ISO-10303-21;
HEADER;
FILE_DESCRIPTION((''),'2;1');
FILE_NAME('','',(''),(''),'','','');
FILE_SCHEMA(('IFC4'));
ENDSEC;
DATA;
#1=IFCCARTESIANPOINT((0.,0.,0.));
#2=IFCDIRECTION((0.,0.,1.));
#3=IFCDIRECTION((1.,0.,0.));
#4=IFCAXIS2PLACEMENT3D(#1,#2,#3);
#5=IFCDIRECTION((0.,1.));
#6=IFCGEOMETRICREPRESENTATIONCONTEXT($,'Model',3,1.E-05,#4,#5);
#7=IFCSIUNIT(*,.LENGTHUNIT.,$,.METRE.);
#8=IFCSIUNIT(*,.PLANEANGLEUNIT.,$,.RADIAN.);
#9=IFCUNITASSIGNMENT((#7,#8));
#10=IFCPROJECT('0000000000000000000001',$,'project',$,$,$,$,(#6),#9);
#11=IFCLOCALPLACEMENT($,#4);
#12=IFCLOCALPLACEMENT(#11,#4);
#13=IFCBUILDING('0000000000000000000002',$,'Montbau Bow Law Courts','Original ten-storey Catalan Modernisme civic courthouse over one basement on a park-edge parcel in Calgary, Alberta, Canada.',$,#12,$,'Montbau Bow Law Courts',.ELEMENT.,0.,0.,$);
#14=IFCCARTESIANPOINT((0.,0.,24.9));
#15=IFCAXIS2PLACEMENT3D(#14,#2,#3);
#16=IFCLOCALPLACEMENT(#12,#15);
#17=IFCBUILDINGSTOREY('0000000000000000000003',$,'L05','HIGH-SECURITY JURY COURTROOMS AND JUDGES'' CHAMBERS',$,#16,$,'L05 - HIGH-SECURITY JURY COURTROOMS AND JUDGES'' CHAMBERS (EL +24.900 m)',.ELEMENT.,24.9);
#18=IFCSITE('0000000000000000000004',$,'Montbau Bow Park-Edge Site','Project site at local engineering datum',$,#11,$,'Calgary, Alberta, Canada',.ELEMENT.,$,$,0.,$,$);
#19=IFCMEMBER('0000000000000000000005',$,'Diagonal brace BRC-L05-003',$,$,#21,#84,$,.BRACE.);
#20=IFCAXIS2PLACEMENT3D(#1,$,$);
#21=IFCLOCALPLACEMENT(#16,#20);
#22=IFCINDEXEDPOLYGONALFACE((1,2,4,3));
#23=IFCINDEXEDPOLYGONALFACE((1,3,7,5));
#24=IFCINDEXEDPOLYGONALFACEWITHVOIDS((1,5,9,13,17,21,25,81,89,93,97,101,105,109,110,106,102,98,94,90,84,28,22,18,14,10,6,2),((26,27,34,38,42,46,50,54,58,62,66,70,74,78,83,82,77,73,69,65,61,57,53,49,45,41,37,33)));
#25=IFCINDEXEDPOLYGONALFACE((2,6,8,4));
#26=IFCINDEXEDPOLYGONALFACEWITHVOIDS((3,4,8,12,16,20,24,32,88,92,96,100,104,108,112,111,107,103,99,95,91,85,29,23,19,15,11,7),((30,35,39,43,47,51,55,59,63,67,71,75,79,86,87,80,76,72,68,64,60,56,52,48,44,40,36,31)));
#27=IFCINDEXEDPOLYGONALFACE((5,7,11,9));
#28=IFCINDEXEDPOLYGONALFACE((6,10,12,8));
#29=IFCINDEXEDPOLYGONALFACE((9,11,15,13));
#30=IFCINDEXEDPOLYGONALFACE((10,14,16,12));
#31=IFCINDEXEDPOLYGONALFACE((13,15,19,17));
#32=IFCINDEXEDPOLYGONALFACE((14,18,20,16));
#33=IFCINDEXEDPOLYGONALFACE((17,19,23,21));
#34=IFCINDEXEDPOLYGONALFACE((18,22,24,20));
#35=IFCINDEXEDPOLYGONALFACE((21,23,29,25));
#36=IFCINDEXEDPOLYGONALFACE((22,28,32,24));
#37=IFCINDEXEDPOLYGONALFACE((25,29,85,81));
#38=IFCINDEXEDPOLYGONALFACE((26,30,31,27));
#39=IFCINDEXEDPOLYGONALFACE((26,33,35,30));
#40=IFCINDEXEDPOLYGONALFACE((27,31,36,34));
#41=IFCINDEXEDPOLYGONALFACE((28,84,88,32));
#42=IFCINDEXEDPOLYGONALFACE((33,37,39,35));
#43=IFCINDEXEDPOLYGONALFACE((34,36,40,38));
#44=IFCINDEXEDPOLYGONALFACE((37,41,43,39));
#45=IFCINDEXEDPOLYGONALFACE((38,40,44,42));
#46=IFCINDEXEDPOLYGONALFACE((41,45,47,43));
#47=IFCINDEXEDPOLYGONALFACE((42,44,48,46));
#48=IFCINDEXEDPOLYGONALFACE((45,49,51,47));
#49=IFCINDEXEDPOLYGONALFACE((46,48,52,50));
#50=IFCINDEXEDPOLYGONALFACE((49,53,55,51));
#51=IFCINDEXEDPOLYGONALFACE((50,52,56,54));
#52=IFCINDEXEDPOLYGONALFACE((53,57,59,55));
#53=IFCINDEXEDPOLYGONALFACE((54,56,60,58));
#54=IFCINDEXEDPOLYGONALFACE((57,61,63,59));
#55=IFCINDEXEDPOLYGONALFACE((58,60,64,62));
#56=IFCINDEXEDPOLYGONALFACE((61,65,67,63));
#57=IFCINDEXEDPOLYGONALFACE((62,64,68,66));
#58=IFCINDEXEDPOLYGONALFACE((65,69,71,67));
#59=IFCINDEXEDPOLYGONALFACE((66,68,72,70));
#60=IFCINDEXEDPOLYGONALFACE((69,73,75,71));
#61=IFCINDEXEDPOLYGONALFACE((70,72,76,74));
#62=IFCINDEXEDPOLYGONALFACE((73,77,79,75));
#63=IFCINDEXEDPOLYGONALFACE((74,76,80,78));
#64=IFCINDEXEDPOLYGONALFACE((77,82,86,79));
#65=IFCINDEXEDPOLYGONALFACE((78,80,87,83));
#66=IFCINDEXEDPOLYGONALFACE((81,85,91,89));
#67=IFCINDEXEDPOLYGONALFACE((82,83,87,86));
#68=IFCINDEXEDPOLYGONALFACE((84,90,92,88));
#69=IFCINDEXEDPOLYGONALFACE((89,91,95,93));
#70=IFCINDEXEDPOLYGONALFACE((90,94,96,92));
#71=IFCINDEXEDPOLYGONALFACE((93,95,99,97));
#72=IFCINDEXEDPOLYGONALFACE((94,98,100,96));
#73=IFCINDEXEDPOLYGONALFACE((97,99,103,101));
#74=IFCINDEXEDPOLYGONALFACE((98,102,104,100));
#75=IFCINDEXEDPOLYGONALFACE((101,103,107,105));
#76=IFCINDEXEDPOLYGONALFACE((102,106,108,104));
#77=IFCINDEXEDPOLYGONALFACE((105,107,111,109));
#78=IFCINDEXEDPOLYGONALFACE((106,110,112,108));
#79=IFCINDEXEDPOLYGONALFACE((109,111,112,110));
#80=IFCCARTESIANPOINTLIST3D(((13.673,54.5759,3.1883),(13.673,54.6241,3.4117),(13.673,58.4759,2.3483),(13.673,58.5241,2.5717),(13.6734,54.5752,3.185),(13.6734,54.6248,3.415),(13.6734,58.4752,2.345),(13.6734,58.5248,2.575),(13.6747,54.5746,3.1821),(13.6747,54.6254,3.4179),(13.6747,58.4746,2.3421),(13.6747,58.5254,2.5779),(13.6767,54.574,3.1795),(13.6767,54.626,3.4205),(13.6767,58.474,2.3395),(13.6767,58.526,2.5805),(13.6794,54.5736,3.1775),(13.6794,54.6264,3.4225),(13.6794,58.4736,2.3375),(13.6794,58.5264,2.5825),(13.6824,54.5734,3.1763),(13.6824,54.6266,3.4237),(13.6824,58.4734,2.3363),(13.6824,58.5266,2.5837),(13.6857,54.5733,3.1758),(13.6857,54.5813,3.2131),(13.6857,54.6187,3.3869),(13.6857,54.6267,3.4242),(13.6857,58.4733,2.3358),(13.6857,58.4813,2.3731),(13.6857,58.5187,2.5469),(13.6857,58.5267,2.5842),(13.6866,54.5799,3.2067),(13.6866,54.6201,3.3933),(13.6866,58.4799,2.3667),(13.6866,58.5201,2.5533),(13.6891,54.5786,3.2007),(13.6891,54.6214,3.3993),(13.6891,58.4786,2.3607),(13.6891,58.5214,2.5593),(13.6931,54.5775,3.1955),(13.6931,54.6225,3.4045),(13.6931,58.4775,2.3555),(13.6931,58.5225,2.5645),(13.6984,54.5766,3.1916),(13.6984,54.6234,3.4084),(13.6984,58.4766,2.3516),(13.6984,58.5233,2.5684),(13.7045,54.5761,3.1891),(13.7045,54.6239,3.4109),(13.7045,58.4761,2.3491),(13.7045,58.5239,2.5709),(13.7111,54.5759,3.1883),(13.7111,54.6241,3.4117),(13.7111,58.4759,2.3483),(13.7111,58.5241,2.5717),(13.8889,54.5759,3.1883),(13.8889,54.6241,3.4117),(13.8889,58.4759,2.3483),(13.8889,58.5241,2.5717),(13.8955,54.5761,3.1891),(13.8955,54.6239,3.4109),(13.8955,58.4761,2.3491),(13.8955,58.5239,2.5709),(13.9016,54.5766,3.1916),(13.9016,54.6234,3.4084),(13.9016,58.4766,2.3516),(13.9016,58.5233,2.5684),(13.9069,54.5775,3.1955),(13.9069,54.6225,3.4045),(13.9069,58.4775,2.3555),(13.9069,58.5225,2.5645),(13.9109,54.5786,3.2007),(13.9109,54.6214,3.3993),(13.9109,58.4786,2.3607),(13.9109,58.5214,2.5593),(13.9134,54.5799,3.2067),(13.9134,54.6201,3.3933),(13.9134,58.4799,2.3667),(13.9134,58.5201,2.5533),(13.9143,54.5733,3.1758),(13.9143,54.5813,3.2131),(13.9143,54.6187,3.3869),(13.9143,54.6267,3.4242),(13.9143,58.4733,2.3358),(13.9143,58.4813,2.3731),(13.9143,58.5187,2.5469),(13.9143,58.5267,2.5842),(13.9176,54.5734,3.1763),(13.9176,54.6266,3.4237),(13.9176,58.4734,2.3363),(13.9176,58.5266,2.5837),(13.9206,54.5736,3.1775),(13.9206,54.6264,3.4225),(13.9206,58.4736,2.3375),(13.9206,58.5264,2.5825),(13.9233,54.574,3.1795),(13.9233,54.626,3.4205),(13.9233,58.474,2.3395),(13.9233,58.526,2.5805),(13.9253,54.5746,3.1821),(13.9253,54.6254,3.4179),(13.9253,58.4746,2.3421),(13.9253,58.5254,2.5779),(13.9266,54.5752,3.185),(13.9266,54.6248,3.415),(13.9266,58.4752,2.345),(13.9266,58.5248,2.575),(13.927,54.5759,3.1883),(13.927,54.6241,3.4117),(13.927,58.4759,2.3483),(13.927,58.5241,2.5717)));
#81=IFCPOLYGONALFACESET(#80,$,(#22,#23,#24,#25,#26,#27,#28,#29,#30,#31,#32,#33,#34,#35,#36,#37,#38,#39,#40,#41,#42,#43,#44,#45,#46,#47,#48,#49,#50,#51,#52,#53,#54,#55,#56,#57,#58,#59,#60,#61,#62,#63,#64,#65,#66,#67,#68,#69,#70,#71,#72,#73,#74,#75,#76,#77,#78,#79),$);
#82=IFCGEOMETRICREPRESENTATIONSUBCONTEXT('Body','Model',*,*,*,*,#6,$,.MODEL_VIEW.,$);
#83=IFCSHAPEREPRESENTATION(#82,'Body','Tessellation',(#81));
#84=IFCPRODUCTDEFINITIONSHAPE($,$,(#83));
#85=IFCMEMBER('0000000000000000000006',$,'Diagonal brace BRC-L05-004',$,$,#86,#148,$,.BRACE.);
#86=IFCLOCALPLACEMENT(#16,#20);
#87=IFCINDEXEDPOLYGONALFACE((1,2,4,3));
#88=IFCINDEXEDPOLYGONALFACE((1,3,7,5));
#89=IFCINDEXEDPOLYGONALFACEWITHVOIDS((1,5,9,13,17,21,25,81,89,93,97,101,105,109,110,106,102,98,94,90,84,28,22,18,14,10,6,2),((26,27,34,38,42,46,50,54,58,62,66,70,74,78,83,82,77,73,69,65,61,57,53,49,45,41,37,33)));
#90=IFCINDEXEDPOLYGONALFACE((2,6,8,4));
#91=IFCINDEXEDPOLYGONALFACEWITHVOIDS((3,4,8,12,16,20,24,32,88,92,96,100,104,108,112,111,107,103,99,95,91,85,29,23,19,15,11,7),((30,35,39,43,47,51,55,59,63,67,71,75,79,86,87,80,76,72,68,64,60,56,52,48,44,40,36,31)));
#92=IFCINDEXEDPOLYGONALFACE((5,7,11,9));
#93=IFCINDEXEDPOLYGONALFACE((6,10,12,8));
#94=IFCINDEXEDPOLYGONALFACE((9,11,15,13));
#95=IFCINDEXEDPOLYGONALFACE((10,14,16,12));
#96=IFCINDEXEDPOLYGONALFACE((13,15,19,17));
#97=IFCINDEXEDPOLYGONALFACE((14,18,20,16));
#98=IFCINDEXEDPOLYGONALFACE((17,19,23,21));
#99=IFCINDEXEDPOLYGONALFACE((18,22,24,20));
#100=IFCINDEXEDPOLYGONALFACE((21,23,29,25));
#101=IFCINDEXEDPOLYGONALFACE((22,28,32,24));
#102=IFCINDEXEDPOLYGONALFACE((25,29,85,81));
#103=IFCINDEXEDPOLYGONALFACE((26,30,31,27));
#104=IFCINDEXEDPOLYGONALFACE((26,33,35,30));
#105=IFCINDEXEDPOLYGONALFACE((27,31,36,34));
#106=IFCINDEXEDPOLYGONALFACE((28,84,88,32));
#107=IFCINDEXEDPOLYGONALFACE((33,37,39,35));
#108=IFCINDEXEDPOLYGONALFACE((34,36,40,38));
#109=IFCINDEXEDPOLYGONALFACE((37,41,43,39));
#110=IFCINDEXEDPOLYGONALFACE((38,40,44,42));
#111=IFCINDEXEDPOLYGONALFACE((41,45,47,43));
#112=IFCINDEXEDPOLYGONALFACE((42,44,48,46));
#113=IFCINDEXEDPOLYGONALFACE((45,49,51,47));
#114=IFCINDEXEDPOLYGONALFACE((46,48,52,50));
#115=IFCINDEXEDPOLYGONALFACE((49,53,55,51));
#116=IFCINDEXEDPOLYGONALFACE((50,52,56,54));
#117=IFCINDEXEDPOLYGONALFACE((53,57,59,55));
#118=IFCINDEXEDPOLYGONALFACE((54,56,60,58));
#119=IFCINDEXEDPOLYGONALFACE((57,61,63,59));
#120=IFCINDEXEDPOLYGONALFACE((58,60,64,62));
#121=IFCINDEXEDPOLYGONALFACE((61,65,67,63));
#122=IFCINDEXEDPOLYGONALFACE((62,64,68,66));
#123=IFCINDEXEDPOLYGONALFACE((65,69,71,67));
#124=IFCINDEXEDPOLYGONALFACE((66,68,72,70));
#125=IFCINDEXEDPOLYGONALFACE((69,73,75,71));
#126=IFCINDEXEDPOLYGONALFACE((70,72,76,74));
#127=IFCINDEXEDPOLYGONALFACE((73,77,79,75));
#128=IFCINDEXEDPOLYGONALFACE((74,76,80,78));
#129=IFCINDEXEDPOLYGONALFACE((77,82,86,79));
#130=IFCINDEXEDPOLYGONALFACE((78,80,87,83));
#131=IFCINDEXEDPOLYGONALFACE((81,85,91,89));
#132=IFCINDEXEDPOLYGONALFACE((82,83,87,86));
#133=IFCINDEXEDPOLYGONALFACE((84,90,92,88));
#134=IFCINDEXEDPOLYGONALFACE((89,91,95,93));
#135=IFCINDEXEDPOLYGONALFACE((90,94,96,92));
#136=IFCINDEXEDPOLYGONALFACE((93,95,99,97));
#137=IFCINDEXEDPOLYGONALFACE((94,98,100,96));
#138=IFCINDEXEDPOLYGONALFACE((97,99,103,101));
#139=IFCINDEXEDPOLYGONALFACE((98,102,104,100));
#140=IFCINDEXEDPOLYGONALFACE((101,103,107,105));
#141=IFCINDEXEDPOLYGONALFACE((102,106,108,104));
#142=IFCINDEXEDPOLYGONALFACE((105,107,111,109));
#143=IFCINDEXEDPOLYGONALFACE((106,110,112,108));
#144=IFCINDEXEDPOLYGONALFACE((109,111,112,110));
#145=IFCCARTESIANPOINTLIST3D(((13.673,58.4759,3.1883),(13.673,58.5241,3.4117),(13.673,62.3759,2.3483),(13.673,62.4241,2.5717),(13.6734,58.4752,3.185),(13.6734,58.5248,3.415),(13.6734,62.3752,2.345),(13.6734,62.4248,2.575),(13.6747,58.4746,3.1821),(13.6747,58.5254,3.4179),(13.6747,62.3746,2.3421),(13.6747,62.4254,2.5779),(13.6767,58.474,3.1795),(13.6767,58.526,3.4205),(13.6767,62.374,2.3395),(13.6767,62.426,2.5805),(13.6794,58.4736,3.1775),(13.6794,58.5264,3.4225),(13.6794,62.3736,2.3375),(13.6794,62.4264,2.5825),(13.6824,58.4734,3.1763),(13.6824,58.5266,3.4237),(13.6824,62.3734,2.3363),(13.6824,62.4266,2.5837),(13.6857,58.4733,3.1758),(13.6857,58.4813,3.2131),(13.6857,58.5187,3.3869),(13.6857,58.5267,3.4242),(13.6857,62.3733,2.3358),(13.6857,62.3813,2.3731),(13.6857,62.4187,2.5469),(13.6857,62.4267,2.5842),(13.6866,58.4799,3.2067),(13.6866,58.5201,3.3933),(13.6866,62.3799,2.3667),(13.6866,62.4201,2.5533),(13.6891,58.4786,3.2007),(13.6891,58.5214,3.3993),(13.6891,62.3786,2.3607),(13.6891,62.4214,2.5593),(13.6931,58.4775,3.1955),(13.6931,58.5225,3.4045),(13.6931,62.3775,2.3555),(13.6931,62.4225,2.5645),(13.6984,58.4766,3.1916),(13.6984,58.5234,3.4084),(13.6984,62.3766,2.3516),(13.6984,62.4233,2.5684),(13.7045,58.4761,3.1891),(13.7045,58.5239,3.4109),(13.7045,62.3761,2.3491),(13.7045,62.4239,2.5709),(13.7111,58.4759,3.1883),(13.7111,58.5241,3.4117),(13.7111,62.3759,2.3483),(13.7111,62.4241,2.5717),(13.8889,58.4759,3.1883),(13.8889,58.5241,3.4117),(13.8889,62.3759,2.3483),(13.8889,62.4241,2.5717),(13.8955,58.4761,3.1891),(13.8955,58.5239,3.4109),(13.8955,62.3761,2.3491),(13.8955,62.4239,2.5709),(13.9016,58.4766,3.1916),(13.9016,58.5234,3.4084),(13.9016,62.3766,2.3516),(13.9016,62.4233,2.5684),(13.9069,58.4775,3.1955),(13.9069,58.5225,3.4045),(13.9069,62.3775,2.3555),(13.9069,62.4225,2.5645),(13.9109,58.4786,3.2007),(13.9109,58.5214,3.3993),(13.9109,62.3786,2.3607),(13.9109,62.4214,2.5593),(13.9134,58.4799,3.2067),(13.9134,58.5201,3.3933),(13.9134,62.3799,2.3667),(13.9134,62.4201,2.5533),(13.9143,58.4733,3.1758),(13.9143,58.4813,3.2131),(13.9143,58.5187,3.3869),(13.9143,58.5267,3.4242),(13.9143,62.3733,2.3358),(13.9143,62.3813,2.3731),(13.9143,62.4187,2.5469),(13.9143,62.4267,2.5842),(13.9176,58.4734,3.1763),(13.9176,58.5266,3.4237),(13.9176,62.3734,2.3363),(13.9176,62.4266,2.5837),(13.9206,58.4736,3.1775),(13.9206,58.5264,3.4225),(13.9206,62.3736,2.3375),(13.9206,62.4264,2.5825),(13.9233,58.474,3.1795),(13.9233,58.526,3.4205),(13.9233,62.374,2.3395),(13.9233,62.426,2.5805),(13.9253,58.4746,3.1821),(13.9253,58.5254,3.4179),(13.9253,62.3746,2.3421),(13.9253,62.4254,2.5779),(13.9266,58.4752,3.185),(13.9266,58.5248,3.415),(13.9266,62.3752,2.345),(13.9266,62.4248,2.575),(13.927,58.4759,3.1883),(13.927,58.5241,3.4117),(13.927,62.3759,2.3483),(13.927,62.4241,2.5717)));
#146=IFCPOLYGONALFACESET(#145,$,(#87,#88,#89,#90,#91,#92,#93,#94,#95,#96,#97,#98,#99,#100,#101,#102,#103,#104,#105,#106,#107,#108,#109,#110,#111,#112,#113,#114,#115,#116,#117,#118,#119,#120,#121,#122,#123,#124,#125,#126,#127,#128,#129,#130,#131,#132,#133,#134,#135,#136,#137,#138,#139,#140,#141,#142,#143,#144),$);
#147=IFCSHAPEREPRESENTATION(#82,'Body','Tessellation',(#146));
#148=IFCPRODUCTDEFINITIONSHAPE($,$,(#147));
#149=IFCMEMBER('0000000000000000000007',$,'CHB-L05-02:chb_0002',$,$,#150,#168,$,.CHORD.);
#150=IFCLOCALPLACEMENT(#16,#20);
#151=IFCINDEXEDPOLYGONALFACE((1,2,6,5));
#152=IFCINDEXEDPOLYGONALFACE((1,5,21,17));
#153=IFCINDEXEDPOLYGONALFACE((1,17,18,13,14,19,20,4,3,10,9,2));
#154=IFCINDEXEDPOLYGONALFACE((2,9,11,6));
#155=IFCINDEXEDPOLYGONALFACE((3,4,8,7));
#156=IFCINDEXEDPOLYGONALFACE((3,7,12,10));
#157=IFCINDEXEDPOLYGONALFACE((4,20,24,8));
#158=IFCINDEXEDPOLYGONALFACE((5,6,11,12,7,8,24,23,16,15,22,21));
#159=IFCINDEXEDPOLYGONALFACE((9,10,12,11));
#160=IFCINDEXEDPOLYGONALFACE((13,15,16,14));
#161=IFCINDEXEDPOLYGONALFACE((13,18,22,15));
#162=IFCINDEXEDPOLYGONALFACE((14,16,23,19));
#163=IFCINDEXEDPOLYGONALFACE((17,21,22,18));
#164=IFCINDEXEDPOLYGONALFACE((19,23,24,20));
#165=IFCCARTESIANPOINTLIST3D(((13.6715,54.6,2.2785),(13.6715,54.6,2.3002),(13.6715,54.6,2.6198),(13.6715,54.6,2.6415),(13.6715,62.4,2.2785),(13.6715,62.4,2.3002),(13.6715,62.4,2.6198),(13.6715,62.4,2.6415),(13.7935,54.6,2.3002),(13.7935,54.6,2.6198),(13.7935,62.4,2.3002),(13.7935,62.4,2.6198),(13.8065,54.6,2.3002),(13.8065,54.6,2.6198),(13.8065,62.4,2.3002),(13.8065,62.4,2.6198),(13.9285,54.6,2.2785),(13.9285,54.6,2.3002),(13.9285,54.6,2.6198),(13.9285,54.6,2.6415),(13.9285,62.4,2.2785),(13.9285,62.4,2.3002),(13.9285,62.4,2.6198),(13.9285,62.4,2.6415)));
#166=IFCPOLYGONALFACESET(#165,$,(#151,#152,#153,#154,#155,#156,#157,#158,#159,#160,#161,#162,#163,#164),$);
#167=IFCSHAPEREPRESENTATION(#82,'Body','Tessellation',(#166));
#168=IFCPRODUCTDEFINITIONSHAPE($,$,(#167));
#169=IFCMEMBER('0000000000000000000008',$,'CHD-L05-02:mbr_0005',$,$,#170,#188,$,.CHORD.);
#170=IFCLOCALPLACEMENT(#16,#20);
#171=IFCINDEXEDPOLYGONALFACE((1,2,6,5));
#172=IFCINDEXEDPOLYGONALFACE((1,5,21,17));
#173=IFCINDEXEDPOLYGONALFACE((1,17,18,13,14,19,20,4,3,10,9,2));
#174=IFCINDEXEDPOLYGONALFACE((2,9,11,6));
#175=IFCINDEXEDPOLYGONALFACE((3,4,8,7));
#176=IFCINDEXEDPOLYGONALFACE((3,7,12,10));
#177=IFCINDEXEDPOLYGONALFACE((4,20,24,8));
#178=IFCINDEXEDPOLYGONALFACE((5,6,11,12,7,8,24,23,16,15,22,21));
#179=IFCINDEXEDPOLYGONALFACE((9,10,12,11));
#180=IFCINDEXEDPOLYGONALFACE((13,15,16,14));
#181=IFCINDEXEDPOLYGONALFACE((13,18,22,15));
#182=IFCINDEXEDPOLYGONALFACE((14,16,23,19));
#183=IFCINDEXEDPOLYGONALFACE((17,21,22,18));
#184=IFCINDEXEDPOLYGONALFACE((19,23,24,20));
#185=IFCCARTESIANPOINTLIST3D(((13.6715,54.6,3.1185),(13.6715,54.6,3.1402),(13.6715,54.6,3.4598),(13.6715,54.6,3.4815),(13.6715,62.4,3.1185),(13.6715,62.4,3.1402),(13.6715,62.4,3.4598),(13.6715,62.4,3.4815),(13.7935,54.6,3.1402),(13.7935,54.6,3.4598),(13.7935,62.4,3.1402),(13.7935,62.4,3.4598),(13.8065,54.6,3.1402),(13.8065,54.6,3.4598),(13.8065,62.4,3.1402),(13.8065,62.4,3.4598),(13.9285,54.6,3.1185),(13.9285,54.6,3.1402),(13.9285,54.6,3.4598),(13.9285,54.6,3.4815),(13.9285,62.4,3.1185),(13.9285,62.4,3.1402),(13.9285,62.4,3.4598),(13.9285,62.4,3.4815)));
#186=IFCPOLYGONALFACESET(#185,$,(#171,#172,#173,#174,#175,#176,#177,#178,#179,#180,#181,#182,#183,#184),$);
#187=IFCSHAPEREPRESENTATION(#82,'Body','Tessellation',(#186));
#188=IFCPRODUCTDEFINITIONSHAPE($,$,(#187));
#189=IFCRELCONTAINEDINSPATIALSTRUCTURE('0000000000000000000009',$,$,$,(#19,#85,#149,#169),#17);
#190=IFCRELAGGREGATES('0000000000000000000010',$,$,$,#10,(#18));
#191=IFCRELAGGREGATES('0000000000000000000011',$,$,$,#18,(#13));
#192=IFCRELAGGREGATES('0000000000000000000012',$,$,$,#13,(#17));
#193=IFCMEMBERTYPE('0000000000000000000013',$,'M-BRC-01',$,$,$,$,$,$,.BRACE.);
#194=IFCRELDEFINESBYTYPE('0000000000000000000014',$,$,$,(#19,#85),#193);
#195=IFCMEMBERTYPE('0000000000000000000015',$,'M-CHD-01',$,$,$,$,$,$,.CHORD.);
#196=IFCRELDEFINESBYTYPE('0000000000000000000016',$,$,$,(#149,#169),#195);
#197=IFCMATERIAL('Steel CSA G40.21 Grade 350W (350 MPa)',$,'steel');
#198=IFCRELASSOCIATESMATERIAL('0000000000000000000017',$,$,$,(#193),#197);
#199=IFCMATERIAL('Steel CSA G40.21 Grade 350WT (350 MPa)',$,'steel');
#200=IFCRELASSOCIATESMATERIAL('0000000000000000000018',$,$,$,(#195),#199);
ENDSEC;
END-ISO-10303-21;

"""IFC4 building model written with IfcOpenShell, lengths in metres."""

from ifc_helpers import new_model, si_unit, direction, frame, origin_with_axes, origin_2d_with_axis, place, context, subcontext, project, spatial, hollow_rectangle, i_section, extrude, material, material_profile, profile_set, type_object, element, save


model = new_model("IFC4")

# Units and contexts
model_context = context("Model", 3, precision=1e-05, world=origin_with_axes(), true_north=direction((0.0, 1.0)))
body_context = subcontext(model_context, "Body", "Model", "MODEL_VIEW")
ifc_project = project(units=[si_unit("LENGTHUNIT", "METRE"), si_unit("PLANEANGLEUNIT", "RADIAN")], contexts=[model_context])

# Site, building, storey
site_placement = place(None, origin_with_axes())
site = spatial("IfcSite", under=ifc_project, at=site_placement, Name="Montbau Bow Park-Edge Site", Description="Project site at local engineering datum", LongName="Calgary, Alberta, Canada", CompositionType="ELEMENT", RefElevation=0.0)
building_placement = place(site_placement, origin_with_axes())
building = spatial("IfcBuilding", under=site, at=building_placement, Name="Montbau Bow Law Courts", Description="Original ten-storey Catalan Modernisme civic courthouse over one basement on a park-edge parcel in Calgary, Alberta, Canada.", LongName="Montbau Bow Law Courts", CompositionType="ELEMENT", ElevationOfRefHeight=0.0, ElevationOfTerrain=0.0)
storey_placement = place(building_placement, frame((0.0, 0.0, 24.9), z_axis=(0.0, 0.0, 1.0), x_axis=(1.0, 0.0, 0.0)))
storey = spatial("IfcBuildingStorey", under=building, at=storey_placement, Name="L05", Description="HIGH-SECURITY JURY COURTROOMS AND JUDGES' CHAMBERS", LongName="L05 - HIGH-SECURITY JURY COURTROOMS AND JUDGES' CHAMBERS (EL +24.900 m)", CompositionType="ELEMENT", Elevation=24.9)

# Shared definitions
ifc_material_1 = material(Name="Steel CSA G40.21 Grade 350W (350 MPa)", Category="steel")

# Shared definitions
ifc_material_2 = material(Name="Steel CSA G40.21 Grade 350WT (350 MPa)", Category="steel")

# Members
ifc_material_profile_1 = material_profile(ifc_material_1, hollow_rectangle(XDim=0.254, YDim=0.254, WallThickness=0.0127, InnerFilletRadius=0.0254, OuterFilletRadius=0.0127, at=origin_2d_with_axis()), Name="HSS254X254X13", Category="Main", Priority=0)
ifc_profile_set_1 = profile_set([ifc_material_profile_1], Name="Steel CSA G40.21 Grade 350W (350 MPa)")
member_type_1 = type_object("IfcMemberType", Name="M-BRC-01", PredefinedType="BRACE", material=ifc_profile_set_1)
for number, where, z_axis, x_axis, name in (
    (1, (13.8, 54.6, 28.2), (0.0, 0.977582, -0.210556), (-1.0, 0.0, 0.0), "Diagonal brace BRC-L05-003"),
    (2, (13.8, 58.5, 28.2), (0.0, 0.977582, -0.210556), (-1.0, 0.0, 0.0), "Diagonal brace BRC-L05-004"),
):
    element("IfcMember", number, at=place(None, frame(where, z_axis=z_axis, x_axis=x_axis)), inside=storey, type_object=member_type_1, Name=name, PredefinedType="BRACE", context=body_context, shape_type="SweptSolid", body=[
        extrude(hollow_rectangle(XDim=0.254, YDim=0.254, WallThickness=0.0127, InnerFilletRadius=0.0254, OuterFilletRadius=0.0127, at=origin_2d_with_axis()), origin_with_axes(), (0.0, 0.0, 1.0), 3.9894),
    ])
ifc_material_profile_2 = material_profile(ifc_material_2, i_section(OverallWidth=0.257, OverallDepth=0.363, WebThickness=0.013, FlangeThickness=0.0217, at=origin_2d_with_axis()), Name="W360X122", Category="Main", Priority=0)
ifc_profile_set_2 = profile_set([ifc_material_profile_2], Name="Steel CSA G40.21 Grade 350WT (350 MPa)")
member_type_2 = type_object("IfcMemberType", Name="M-CHD-01", PredefinedType="CHORD", material=ifc_profile_set_2)
for number, where, z_axis, x_axis, name in (
    (3, (13.8, 54.6, 27.36), (0.0, 1.0, 0.0), (-1.0, 0.0, 0.0), "CHB-L05-02:chb_0002"),
    (4, (13.8, 54.6, 28.2), (0.0, 1.0, 0.0), (-1.0, 0.0, 0.0), "CHD-L05-02:mbr_0005"),
):
    element("IfcMember", number, at=place(None, frame(where, z_axis=z_axis, x_axis=x_axis)), inside=storey, type_object=member_type_2, Name=name, PredefinedType="CHORD", context=body_context, shape_type="SweptSolid", body=[
        extrude(i_section(OverallWidth=0.257, OverallDepth=0.363, WebThickness=0.013, FlangeThickness=0.0217, at=origin_2d_with_axis()), origin_with_axes(), (0.0, 0.0, 1.0), 7.8),
    ])

save(model, "model.ifc")
